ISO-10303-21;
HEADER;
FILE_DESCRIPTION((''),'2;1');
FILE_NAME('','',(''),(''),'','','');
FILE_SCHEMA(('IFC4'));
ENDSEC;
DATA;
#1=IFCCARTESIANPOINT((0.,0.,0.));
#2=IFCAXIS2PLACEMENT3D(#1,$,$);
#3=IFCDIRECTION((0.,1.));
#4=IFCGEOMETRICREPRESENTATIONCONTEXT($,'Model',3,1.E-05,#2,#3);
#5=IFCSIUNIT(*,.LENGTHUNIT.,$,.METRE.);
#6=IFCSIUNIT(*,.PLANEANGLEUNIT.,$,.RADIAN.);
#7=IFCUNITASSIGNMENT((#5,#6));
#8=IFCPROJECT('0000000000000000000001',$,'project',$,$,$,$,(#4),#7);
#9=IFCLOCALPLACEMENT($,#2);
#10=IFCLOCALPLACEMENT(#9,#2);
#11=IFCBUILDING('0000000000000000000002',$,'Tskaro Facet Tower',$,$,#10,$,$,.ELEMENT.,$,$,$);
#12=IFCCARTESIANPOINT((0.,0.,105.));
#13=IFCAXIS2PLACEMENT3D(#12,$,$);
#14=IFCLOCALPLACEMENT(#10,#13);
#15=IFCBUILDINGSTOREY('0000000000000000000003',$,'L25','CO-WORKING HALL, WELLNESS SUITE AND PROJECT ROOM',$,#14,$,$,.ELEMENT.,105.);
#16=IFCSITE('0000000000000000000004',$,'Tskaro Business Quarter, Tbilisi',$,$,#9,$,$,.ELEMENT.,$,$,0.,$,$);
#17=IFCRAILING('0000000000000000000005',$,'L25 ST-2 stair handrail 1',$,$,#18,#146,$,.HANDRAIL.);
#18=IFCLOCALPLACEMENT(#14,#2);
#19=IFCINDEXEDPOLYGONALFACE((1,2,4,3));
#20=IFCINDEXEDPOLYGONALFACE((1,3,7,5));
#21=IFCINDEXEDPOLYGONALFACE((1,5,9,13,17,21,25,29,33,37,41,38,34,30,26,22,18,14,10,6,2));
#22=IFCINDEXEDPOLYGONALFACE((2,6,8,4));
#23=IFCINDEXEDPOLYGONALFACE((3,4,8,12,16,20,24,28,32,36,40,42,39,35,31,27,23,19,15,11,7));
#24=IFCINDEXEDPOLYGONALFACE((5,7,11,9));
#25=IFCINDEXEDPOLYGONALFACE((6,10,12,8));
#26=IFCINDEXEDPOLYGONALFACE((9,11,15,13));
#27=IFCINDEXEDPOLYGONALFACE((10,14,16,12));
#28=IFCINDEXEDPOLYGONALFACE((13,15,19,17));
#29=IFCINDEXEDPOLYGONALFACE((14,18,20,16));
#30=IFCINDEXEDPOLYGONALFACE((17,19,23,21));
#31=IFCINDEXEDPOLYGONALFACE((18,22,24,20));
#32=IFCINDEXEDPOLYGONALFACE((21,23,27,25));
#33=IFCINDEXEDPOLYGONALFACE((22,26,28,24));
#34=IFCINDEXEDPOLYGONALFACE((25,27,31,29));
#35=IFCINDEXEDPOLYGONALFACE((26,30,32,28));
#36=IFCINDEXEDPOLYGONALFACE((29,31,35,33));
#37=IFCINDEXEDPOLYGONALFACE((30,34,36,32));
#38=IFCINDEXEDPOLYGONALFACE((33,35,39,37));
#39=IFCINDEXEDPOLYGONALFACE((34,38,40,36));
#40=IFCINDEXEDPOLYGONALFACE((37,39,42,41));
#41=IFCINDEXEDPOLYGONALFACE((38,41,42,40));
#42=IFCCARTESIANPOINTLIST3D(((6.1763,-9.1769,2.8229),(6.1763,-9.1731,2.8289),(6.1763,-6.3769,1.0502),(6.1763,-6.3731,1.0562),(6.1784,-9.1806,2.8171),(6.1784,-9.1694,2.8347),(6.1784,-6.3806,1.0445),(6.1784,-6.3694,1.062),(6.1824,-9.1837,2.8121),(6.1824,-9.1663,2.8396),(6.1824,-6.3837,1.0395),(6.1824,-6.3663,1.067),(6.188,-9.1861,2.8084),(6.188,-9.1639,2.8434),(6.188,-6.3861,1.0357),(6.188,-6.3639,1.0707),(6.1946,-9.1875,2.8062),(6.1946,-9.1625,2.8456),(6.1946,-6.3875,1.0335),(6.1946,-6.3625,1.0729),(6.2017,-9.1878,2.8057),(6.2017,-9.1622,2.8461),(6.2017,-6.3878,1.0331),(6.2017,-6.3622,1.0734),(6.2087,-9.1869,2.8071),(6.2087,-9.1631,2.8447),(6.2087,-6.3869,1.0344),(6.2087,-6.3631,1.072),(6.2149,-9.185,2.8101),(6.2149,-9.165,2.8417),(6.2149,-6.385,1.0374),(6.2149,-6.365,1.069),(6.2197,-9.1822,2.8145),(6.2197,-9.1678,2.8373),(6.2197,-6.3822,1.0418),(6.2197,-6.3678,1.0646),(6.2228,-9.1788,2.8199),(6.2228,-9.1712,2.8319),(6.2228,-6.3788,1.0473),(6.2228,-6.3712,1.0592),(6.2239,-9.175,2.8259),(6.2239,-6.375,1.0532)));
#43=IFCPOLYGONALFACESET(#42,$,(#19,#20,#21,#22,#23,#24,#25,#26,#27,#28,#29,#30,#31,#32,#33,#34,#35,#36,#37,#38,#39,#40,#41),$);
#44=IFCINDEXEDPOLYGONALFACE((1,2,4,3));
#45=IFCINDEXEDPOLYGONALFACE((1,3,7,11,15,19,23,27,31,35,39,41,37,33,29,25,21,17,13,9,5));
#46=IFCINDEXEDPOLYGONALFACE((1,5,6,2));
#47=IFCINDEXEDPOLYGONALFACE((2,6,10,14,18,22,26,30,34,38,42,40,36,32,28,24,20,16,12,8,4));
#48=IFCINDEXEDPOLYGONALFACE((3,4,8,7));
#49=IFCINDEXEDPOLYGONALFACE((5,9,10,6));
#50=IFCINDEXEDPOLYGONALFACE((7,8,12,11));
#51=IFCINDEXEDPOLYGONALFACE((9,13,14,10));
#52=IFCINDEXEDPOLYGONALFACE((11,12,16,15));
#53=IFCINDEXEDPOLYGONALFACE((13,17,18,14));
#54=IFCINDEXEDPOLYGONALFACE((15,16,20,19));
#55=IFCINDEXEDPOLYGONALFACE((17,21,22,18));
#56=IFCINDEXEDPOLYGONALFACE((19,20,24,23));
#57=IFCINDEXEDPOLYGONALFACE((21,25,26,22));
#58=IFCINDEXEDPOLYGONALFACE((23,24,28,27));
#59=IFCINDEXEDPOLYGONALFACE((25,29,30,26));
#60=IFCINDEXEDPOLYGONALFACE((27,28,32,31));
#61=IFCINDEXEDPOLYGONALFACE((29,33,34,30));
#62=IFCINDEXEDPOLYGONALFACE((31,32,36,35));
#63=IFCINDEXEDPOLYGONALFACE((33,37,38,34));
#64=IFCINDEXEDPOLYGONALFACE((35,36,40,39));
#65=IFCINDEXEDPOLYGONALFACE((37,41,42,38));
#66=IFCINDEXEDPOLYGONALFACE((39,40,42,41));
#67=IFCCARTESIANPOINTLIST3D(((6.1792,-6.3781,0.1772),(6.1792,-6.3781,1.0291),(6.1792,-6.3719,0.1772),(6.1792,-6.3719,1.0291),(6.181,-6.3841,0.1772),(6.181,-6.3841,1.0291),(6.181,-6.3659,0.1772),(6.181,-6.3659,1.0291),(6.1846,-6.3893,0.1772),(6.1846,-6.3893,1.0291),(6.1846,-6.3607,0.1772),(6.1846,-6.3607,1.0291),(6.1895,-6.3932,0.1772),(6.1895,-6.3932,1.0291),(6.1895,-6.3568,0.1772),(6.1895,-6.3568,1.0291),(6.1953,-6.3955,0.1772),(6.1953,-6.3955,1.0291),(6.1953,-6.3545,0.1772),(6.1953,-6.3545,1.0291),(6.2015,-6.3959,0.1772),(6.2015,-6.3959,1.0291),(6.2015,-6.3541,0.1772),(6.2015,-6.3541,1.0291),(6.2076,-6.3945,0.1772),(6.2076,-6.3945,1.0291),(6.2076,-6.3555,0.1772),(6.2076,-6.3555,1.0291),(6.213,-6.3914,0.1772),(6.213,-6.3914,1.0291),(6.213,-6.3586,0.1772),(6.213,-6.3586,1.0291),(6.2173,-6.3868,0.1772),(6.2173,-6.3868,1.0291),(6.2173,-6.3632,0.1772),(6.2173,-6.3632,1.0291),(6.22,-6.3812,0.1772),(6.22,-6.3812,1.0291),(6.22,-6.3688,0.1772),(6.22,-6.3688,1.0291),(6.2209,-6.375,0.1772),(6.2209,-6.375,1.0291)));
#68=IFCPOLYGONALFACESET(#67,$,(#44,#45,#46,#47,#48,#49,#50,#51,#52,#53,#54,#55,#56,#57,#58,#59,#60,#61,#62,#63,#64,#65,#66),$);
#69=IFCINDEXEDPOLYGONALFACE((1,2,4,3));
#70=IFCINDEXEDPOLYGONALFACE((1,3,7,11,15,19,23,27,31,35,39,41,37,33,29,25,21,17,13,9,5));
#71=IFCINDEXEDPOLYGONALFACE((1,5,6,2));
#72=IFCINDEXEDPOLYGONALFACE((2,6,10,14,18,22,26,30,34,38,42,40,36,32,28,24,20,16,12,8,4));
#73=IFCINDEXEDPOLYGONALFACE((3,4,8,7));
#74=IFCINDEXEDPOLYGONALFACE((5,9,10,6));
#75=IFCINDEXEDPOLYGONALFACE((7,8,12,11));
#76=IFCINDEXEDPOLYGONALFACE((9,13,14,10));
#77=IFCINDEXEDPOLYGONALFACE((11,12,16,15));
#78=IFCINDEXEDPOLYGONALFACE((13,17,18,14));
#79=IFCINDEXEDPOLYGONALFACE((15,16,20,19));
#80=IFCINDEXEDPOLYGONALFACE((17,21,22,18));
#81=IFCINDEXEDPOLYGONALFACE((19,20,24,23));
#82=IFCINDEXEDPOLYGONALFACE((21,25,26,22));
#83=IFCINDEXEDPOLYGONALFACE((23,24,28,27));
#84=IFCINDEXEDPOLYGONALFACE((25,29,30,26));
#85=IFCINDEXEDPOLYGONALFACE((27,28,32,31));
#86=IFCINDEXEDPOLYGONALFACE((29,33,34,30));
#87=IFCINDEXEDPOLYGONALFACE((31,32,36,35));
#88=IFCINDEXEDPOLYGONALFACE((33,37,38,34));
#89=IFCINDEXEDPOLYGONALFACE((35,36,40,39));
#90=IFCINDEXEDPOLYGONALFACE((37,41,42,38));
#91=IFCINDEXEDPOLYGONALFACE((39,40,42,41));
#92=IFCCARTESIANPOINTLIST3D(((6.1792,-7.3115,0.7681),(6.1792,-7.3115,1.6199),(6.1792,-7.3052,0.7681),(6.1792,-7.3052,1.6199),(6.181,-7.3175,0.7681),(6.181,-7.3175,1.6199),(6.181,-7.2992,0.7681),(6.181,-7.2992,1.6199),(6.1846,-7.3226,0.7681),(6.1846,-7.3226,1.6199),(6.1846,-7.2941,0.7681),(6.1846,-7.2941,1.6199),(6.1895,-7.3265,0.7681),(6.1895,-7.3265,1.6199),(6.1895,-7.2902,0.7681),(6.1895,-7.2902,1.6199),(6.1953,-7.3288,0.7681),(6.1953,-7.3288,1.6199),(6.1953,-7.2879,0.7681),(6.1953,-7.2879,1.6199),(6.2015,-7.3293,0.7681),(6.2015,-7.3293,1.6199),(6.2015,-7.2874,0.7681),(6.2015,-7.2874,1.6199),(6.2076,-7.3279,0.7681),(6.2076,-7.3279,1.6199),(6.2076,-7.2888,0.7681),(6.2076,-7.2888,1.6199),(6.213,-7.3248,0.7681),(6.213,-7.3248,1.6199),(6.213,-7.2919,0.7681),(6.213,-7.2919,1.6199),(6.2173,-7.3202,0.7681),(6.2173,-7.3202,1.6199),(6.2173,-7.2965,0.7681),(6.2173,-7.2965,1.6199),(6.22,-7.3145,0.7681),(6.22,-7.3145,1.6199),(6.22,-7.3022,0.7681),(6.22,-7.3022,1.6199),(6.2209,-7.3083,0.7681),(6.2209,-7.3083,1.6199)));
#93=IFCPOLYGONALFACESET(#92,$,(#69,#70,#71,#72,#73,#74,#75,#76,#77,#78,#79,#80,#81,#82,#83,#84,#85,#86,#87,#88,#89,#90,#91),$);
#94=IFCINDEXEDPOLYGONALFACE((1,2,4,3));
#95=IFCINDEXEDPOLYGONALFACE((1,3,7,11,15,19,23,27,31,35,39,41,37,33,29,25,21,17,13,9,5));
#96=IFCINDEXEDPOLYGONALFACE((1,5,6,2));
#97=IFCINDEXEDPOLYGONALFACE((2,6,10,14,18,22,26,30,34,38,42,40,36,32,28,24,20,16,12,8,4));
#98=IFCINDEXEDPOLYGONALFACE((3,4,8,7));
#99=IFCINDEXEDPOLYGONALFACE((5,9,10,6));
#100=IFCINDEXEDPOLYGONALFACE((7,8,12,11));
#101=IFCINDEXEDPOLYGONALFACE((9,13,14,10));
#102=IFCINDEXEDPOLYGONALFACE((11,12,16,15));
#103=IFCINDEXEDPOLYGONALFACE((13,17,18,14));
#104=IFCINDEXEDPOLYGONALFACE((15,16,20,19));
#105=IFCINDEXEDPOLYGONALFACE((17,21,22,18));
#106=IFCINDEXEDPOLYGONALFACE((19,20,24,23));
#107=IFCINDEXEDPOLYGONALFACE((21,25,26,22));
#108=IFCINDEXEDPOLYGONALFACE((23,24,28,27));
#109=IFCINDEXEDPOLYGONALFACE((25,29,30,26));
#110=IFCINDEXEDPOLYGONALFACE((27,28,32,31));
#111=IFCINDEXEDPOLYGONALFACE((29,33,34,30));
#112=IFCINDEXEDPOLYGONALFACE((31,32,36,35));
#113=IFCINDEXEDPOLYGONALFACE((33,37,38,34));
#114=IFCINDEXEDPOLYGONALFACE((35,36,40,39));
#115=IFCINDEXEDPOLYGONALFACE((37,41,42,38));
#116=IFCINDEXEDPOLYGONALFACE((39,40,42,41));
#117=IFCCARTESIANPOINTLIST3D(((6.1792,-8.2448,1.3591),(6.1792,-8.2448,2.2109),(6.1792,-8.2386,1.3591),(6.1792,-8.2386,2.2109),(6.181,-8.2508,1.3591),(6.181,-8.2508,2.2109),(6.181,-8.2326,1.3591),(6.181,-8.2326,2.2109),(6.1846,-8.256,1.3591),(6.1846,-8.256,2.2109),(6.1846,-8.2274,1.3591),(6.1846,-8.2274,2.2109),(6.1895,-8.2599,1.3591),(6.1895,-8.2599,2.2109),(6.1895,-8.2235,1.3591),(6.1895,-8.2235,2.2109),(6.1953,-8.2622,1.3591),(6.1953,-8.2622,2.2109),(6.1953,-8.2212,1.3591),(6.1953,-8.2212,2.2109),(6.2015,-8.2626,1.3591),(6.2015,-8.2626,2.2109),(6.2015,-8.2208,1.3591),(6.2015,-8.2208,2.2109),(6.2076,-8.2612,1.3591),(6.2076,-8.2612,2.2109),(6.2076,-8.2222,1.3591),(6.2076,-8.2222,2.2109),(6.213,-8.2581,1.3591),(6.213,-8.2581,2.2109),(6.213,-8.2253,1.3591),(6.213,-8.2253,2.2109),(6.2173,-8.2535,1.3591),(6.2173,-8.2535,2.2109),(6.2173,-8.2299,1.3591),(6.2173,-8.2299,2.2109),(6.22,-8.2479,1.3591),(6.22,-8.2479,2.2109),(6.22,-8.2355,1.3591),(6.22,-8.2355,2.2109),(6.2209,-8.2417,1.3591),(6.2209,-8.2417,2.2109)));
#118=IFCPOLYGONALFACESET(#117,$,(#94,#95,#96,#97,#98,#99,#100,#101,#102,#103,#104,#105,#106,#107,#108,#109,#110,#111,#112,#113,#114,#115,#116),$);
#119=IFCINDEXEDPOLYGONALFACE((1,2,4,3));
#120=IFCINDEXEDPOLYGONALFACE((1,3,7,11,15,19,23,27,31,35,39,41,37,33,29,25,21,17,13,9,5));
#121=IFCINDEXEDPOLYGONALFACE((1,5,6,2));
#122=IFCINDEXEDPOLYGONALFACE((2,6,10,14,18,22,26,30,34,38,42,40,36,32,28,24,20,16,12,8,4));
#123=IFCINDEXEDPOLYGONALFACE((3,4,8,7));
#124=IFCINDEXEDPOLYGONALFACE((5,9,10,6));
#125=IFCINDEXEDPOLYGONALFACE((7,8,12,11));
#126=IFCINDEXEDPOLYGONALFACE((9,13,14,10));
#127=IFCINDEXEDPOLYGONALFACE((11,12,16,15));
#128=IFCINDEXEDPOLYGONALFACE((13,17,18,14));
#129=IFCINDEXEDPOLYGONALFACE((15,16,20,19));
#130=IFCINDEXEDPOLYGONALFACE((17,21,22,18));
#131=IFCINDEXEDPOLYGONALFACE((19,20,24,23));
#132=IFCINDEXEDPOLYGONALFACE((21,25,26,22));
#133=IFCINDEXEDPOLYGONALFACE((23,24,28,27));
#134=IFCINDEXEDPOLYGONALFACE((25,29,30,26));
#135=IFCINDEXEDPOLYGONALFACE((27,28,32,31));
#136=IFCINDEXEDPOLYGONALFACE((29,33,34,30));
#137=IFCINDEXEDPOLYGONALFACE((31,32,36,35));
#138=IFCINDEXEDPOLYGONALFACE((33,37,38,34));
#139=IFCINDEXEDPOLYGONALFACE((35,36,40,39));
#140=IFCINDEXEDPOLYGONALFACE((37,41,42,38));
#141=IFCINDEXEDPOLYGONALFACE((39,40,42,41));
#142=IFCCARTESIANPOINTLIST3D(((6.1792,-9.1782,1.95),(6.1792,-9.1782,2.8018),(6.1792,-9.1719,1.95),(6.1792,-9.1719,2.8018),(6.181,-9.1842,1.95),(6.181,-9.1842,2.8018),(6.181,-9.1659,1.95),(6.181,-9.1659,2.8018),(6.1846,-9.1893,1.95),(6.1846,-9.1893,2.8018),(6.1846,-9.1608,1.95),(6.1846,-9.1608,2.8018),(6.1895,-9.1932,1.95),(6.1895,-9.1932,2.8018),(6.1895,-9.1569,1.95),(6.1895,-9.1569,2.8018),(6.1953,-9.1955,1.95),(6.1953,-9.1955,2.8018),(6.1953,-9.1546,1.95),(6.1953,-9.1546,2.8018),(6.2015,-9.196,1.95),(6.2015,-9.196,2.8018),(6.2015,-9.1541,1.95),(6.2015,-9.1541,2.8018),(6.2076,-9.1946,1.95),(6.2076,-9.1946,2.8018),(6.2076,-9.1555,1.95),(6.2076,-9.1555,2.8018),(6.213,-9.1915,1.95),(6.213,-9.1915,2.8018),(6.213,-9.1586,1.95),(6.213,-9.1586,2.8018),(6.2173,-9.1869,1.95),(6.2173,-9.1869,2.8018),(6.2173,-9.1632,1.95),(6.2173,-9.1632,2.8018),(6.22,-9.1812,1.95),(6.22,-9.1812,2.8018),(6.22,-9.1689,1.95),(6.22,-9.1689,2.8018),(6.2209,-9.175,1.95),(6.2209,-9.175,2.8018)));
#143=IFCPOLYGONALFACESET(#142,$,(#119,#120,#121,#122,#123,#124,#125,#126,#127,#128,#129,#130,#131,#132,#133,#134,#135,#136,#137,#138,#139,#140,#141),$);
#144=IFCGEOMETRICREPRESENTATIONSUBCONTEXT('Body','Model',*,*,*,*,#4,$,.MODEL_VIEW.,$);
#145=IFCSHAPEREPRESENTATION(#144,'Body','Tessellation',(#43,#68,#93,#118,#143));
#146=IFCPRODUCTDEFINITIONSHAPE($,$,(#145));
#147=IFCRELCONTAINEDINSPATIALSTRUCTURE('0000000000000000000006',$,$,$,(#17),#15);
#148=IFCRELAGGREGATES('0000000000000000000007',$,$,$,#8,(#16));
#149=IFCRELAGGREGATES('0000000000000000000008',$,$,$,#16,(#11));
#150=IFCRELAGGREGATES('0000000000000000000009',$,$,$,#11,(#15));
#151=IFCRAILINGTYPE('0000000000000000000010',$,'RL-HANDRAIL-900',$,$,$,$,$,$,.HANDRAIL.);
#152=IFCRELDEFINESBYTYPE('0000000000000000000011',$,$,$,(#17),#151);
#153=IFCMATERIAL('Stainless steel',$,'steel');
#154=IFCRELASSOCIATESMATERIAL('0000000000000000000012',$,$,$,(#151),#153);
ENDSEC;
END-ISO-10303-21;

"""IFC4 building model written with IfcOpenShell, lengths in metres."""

from ifc_helpers import new_model, si_unit, direction, frame, origin, origin_2d, place, context, subcontext, project, spatial, circle, extrude, material, type_object, element, save


model = new_model("IFC4")

# Units and contexts
model_context = context("Model", 3, precision=1e-05, world=origin(), true_north=direction((0.0, 1.0)))
body_context = subcontext(model_context, "Body", "Model", "MODEL_VIEW")
ifc_project = project(units=[si_unit("LENGTHUNIT", "METRE"), si_unit("PLANEANGLEUNIT", "RADIAN")], contexts=[model_context])

# Site, building, storey
site_placement = place(None, origin())
site = spatial("IfcSite", under=ifc_project, at=site_placement, Name="Tskaro Business Quarter, Tbilisi", CompositionType="ELEMENT", RefElevation=0.0)
building_placement = place(site_placement, origin())
building = spatial("IfcBuilding", under=site, at=building_placement, Name="Tskaro Facet Tower", CompositionType="ELEMENT")
storey_placement = place(building_placement, frame((0.0, 0.0, 105.0)))
storey = spatial("IfcBuildingStorey", under=building, at=storey_placement, Name="L25", Description="CO-WORKING HALL, WELLNESS SUITE AND PROJECT ROOM", CompositionType="ELEMENT", Elevation=105.0)

# Shared definitions
ifc_material_1 = material(Name="Stainless steel", Category="steel")

# Railing
railing_type_1 = type_object("IfcRailingType", Name="RL-HANDRAIL-900", PredefinedType="HANDRAIL", material=ifc_material_1)
railing_1_placement = place(storey_placement, frame((6.2, -6.375, 0.1772)))
element("IfcRailing", 1, at=railing_1_placement, inside=storey, type_object=railing_type_1, Name="L25 ST-2 stair handrail 1", PredefinedType="HANDRAIL", context=body_context, shape_type="SweptSolid", body=[
    extrude(circle(Radius=0.0239, at=origin_2d()), frame((0.0, 0.0, 0.876), z_axis=(0.0, -0.844909, 0.53491), x_axis=(1.0, 0.0, 0.0)), (0.0, 0.0, 1.0), 3.314),
    extrude(circle(Radius=0.021, at=origin_2d()), origin(), (0.0, 0.0, 1.0), 0.8518),
    extrude(circle(Radius=0.021, at=origin_2d()), frame((0.0, -0.9333, 0.5908)), (0.0, 0.0, 1.0), 0.8518),
    extrude(circle(Radius=0.021, at=origin_2d()), frame((0.0, -1.8667, 1.1819)), (0.0, 0.0, 1.0), 0.8518),
    extrude(circle(Radius=0.021, at=origin_2d()), frame((0.0, -2.8, 1.7727)), (0.0, 0.0, 1.0), 0.8518),
])

save(model, "model.ifc")
